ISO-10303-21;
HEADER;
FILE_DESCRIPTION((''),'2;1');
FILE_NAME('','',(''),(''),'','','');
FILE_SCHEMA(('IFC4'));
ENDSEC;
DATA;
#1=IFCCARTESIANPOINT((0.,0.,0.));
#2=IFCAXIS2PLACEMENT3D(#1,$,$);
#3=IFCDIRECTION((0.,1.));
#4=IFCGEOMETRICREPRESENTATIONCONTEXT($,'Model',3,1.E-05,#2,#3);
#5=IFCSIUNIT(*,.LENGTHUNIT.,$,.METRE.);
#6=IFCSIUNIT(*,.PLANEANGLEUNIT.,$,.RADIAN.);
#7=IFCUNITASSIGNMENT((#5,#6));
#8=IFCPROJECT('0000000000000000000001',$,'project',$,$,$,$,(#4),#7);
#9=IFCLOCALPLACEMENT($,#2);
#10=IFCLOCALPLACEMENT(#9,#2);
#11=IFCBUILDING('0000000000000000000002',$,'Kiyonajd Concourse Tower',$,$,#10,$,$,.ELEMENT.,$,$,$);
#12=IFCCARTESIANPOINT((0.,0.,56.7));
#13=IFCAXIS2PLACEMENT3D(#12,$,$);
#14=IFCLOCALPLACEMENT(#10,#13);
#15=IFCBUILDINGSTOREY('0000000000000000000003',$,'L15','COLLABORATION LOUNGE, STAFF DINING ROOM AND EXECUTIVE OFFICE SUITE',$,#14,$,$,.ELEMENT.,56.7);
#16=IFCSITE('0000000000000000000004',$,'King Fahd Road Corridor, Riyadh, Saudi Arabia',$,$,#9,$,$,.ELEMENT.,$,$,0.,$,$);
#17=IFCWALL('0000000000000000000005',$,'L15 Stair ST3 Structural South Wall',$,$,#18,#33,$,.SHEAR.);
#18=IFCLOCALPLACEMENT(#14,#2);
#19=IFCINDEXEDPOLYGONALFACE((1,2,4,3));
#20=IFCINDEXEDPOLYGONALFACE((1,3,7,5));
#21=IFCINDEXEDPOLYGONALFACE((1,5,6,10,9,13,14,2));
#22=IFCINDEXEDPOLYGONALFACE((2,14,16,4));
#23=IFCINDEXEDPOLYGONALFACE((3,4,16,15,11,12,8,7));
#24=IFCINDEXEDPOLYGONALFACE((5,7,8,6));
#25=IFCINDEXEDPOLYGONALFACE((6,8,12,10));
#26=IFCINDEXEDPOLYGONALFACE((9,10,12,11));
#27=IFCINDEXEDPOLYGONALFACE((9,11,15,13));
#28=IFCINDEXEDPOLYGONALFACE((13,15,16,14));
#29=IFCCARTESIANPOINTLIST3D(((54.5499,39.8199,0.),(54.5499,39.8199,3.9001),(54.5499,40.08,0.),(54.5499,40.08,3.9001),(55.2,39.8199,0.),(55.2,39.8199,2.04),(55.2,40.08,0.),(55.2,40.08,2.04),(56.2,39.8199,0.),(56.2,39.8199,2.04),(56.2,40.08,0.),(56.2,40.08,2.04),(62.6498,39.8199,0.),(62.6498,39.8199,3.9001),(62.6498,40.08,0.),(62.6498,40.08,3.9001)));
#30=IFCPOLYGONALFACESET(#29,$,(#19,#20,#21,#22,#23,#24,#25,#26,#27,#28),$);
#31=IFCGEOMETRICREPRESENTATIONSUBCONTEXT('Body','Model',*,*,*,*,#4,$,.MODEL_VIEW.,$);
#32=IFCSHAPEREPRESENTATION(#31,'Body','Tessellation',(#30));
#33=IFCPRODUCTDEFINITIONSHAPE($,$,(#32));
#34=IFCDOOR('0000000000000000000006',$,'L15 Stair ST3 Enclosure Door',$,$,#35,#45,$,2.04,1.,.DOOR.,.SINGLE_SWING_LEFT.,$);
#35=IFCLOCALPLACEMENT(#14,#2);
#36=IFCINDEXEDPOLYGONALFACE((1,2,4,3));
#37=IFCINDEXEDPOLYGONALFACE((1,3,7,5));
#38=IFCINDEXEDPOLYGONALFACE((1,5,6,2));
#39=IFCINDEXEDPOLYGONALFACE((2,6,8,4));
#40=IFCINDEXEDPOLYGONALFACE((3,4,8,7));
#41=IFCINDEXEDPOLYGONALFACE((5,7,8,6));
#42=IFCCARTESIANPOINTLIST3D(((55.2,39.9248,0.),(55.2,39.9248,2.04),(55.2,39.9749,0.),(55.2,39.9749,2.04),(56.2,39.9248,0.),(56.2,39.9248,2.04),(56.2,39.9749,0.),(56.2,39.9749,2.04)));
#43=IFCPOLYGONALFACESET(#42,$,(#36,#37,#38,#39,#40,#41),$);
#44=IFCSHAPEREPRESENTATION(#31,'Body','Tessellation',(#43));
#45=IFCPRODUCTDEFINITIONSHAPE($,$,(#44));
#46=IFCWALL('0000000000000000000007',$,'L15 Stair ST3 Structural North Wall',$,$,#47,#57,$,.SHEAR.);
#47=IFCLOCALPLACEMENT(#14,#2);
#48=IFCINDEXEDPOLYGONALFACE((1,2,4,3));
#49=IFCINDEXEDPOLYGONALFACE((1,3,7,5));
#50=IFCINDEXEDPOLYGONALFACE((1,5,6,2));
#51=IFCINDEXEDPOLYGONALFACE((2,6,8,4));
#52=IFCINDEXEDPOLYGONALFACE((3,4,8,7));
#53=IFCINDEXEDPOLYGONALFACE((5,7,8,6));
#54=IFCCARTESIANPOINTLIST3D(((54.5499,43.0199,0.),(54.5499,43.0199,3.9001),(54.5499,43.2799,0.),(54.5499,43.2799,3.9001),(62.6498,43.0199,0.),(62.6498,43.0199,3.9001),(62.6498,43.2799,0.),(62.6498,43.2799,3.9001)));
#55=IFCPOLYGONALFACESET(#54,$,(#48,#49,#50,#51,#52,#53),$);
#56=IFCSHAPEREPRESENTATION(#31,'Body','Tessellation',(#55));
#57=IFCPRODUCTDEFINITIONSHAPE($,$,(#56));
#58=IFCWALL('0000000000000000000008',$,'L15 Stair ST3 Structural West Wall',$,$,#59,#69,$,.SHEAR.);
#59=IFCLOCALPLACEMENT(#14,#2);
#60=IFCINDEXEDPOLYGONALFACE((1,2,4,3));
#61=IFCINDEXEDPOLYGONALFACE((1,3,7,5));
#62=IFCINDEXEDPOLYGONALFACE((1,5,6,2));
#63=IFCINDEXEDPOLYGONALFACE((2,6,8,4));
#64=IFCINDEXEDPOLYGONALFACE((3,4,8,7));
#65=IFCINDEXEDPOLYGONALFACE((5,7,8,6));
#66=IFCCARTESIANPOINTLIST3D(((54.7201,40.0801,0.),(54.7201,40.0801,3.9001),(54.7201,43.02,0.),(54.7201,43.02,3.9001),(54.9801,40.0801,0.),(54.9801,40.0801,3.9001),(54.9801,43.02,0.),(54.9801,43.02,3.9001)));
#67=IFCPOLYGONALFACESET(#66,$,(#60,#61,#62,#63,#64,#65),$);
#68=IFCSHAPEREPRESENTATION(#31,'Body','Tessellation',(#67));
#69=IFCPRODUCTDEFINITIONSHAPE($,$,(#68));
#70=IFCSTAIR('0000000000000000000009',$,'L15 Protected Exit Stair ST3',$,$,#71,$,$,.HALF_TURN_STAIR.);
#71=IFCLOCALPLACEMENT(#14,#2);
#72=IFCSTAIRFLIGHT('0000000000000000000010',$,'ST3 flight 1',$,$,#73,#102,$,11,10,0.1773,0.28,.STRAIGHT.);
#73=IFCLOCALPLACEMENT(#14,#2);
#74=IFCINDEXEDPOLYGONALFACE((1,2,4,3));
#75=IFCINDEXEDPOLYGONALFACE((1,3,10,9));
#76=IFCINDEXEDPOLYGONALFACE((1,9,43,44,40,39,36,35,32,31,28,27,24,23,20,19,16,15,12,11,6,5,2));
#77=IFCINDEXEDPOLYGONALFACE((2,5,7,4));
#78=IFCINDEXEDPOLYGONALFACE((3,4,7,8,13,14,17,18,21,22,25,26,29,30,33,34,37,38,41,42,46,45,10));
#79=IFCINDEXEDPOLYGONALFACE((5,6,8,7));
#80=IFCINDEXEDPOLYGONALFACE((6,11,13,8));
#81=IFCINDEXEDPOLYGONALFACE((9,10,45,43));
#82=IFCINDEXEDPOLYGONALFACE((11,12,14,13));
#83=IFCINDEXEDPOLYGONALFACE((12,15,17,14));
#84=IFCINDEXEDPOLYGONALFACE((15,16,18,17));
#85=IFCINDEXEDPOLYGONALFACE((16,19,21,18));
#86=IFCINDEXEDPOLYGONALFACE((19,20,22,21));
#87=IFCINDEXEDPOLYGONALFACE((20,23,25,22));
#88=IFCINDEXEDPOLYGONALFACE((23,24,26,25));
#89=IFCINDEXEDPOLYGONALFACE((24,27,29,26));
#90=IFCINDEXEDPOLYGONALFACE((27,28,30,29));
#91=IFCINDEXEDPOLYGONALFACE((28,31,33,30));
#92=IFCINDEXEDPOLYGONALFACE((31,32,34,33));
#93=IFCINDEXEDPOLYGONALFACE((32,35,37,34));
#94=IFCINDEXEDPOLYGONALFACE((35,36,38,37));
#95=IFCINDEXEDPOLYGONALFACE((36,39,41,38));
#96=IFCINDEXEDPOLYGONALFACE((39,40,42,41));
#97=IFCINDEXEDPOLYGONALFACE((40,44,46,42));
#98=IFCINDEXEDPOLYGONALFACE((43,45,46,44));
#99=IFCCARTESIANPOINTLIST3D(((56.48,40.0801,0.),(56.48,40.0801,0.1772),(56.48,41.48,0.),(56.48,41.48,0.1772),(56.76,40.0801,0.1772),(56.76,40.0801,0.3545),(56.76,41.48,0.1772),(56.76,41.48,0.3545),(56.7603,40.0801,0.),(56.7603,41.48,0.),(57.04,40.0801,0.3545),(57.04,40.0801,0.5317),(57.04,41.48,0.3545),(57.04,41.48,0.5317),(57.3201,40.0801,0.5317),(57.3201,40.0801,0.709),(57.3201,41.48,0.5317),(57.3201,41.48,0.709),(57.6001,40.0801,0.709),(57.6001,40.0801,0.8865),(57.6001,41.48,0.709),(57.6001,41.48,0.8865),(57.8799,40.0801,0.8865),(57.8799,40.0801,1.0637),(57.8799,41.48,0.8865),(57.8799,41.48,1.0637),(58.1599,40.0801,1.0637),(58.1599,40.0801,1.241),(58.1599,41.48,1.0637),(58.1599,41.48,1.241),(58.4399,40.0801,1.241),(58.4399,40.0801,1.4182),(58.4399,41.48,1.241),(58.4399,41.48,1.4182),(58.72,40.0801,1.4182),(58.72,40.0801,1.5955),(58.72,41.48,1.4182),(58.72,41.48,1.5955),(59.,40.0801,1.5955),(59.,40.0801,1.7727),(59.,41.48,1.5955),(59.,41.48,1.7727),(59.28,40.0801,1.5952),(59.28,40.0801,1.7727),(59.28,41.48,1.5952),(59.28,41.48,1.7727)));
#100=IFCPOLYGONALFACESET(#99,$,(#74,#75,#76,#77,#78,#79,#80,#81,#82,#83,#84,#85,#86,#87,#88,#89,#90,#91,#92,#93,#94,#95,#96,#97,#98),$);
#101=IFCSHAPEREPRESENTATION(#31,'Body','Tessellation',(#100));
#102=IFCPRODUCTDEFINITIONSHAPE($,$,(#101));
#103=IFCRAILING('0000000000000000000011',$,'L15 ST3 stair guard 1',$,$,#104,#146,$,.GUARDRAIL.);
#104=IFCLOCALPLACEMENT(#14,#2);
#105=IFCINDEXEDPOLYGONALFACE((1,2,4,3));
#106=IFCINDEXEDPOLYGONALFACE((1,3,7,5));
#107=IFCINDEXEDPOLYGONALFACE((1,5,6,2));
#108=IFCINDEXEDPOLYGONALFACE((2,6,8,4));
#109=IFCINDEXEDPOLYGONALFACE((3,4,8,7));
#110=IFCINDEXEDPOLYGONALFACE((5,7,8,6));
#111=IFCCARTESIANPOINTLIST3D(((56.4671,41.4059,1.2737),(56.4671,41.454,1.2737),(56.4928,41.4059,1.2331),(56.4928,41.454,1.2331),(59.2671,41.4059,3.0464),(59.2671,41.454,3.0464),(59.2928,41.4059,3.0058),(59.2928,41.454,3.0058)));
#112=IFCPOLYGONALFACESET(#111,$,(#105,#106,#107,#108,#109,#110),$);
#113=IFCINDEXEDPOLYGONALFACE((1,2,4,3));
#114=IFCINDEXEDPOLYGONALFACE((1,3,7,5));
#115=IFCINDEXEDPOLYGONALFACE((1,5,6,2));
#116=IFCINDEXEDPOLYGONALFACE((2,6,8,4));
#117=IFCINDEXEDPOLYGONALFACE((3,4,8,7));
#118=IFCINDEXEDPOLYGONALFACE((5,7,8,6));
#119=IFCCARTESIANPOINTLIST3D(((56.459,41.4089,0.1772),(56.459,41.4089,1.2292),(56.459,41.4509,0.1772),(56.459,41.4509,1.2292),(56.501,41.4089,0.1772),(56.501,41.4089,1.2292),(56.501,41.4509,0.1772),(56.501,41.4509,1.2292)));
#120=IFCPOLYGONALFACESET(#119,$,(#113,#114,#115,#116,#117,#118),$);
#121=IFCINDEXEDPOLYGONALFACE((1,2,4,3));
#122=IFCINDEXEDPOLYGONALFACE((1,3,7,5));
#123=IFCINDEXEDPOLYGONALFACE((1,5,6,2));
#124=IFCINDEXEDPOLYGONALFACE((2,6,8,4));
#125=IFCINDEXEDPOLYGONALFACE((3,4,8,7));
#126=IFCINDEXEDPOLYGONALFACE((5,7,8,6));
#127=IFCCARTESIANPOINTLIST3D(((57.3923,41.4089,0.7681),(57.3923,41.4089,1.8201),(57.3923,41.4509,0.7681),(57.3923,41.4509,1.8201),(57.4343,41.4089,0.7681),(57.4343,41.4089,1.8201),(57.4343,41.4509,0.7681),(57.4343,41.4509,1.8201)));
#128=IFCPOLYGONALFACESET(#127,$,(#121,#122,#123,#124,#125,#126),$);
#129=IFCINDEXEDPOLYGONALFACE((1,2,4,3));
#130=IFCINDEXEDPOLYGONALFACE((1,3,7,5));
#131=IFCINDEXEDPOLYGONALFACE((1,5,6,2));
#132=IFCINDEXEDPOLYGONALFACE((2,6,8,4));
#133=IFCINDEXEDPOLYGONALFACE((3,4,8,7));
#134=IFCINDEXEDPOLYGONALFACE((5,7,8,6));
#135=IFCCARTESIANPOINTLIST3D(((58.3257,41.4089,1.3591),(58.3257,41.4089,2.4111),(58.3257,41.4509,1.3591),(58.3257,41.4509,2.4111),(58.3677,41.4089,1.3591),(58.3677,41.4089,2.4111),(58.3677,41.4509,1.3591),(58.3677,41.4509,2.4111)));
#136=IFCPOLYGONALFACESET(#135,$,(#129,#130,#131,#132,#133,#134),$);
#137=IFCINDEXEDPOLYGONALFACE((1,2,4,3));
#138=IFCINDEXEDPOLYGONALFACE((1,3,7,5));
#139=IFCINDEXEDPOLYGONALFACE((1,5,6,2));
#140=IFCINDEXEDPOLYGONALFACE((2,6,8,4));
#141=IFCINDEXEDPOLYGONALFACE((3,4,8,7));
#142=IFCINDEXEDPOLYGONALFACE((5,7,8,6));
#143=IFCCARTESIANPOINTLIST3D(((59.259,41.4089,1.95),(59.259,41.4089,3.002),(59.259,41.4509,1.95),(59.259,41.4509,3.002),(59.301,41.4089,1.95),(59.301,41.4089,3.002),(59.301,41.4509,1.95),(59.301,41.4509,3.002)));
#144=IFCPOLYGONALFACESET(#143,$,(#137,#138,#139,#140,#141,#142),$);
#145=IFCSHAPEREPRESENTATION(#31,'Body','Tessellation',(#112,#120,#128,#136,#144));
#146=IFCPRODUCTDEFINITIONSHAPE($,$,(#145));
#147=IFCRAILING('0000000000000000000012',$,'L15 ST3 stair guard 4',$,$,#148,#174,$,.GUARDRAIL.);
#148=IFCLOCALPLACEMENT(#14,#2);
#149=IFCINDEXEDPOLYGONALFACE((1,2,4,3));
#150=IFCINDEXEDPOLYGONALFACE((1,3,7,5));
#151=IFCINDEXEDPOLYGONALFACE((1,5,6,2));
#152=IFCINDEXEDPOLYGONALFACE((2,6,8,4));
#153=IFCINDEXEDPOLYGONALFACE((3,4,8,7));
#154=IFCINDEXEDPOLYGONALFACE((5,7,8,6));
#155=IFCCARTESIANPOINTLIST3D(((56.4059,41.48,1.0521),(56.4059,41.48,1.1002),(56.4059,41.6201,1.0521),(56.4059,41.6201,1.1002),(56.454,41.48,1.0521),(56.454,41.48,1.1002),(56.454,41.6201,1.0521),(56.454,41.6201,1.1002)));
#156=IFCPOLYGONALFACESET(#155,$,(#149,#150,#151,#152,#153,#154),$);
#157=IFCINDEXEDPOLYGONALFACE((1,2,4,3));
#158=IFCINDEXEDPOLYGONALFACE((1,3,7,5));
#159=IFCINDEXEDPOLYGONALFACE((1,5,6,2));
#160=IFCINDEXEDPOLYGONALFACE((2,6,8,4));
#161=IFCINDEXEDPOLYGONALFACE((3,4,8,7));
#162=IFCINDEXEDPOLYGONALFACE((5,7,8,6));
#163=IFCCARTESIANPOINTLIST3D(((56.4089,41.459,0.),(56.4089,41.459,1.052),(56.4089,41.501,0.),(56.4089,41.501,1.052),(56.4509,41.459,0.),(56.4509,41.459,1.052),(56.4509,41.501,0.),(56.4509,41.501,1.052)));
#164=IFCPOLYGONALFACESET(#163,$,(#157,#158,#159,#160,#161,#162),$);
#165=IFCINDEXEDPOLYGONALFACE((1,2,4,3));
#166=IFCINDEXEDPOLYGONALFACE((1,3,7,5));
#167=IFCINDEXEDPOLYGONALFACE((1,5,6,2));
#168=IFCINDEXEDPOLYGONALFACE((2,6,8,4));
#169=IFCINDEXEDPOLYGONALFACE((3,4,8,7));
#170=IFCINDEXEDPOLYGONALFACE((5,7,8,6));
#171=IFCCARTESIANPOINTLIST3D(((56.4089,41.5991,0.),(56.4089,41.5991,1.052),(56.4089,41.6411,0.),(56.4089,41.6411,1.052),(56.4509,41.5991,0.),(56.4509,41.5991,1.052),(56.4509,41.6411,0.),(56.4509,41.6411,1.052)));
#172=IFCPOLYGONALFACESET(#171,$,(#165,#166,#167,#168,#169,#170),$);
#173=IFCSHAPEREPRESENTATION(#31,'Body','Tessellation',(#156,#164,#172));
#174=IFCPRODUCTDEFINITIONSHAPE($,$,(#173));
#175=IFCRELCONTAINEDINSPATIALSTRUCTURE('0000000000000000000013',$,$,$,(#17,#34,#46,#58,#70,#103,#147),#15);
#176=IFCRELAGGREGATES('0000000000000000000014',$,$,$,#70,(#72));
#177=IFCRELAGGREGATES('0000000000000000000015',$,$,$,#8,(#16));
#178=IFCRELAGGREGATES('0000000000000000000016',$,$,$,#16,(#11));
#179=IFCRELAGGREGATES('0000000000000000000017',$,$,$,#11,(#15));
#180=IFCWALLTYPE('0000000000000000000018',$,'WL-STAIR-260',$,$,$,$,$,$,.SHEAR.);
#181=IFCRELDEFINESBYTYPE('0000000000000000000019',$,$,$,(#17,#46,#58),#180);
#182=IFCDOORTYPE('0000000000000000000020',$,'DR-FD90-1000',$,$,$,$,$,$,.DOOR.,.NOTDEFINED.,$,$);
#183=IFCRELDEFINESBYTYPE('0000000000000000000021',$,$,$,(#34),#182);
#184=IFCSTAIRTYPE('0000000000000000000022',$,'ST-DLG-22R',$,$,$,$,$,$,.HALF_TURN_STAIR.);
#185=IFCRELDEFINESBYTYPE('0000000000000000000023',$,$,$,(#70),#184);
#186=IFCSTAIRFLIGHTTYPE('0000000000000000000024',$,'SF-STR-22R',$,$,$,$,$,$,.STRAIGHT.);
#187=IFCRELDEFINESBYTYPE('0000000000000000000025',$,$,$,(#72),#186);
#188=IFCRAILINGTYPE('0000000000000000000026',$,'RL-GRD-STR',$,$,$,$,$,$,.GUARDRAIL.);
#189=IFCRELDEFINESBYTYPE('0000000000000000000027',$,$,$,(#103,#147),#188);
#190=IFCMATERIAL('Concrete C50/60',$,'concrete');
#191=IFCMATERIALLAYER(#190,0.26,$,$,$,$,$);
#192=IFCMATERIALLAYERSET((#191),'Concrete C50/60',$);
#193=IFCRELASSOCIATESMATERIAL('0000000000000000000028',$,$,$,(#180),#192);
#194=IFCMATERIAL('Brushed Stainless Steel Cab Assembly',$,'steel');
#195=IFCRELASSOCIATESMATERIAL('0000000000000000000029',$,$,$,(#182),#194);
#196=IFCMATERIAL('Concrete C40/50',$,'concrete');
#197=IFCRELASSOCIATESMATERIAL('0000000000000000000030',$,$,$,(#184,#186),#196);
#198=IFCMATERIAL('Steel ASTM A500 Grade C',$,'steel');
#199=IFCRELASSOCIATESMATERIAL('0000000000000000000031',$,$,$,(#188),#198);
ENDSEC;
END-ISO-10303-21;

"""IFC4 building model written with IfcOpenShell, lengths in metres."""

from ifc_helpers import new_model, si_unit, direction, frame, frame_2d, origin, origin_2d, place, context, subcontext, project, spatial, polyline, rectangle, outline, extrude, material, layer, layer_set, type_object, element, fill, aggregate, save


model = new_model("IFC4")

# Units and contexts
model_context = context("Model", 3, precision=1e-05, world=origin(), true_north=direction((0.0, 1.0)))
body_context = subcontext(model_context, "Body", "Model", "MODEL_VIEW")
ifc_project = project(units=[si_unit("LENGTHUNIT", "METRE"), si_unit("PLANEANGLEUNIT", "RADIAN")], contexts=[model_context])

# Site, building, storey
site_placement = place(None, origin())
site = spatial("IfcSite", under=ifc_project, at=site_placement, Name="King Fahd Road Corridor, Riyadh, Saudi Arabia", CompositionType="ELEMENT", RefElevation=0.0)
building_placement = place(site_placement, origin())
building = spatial("IfcBuilding", under=site, at=building_placement, Name="Kiyonajd Concourse Tower", CompositionType="ELEMENT")
storey_placement = place(building_placement, frame((0.0, 0.0, 56.7)))
storey = spatial("IfcBuildingStorey", under=building, at=storey_placement, Name="L15", Description="COLLABORATION LOUNGE, STAFF DINING ROOM AND EXECUTIVE OFFICE SUITE", CompositionType="ELEMENT", Elevation=56.7)

# Shared definitions
ifc_material_1 = material(Name="Concrete C50/60", Category="concrete")

# Shared definitions
ifc_layer_1 = layer(ifc_material_1, 0.26)
ifc_layer_set_1 = layer_set([ifc_layer_1], Name="Concrete C50/60")
wall_type_1 = type_object("IfcWallType", Name="WL-STAIR-260", PredefinedType="SHEAR", material=ifc_layer_set_1)

# Wall, opening, door
wall_1_placement = place(storey_placement, frame((54.55, 39.95, 0.0), z_axis=(0.0, 0.0, 1.0), x_axis=(1.0, 0.0, 0.0)))
wall_1 = element("IfcWall", 1, at=wall_1_placement, inside=storey, type_object=wall_type_1, Name="L15 Stair ST3 Structural South Wall", PredefinedType="SHEAR", context=body_context, shape_type="SweptSolid", body=[
    extrude(rectangle(XDim=8.0999, YDim=0.26, at=frame_2d((4.0498, 0.0))), origin(), (0.0, 0.0, 1.0), 3.9001),
])
opening_1_placement = place(wall_1_placement, frame((0.6499, 0.0, 0.0)))
opening_1 = element("IfcOpeningElement", 2, at=opening_1_placement, cuts=wall_1, PredefinedType="OPENING", context=body_context, shape_type="SweptSolid", body=[
    extrude(rectangle(XDim=1.0, YDim=2.04, at=frame_2d((0.5, 1.02))), frame((0.0, 0.1399, 0.0), z_axis=(0.0, -1.0, 0.0), x_axis=(1.0, 0.0, 0.0)), (0.0, 0.0, 1.0), 0.28),
])
ifc_material_2 = material(Name="Brushed Stainless Steel Cab Assembly", Category="steel")
door_type_1 = type_object("IfcDoorType", Name="DR-FD90-1000", OperationType="NOTDEFINED", PredefinedType="DOOR", material=ifc_material_2)
door_1_placement = place(opening_1_placement, origin())
door_1 = element("IfcDoor", 3, at=door_1_placement, inside=storey, type_object=door_type_1, Name="L15 Stair ST3 Enclosure Door", OperationType="SINGLE_SWING_LEFT", OverallHeight=2.04, OverallWidth=1.0, PredefinedType="DOOR", context=body_context, shape_type="SweptSolid", body=[
    extrude(rectangle(XDim=1.0, YDim=2.04, at=frame_2d((0.5, 1.02))), frame((0.0, 0.0249, 0.0), z_axis=(0.0, -1.0, 0.0), x_axis=(1.0, 0.0, 0.0)), (0.0, 0.0, 1.0), 0.05),
])
fill(opening_1, door_1)

# Walls
wall_2_placement = place(storey_placement, frame((54.55, 43.1499, 0.0), z_axis=(0.0, 0.0, 1.0), x_axis=(1.0, 0.0, 0.0)))
element("IfcWall", 4, at=wall_2_placement, inside=storey, type_object=wall_type_1, Name="L15 Stair ST3 Structural North Wall", PredefinedType="SHEAR", context=body_context, shape_type="SweptSolid", body=[
    extrude(rectangle(XDim=8.0999, YDim=0.26, at=frame_2d((4.0498, 0.0))), origin(), (0.0, 0.0, 1.0), 3.9001),
])
wall_3_placement = place(storey_placement, frame((54.8501, 40.0801, 0.0), z_axis=(0.0, 0.0, 1.0), x_axis=(0.0, 1.0, 0.0)))
element("IfcWall", 5, at=wall_3_placement, inside=storey, type_object=wall_type_1, Name="L15 Stair ST3 Structural West Wall", PredefinedType="SHEAR", context=body_context, shape_type="SweptSolid", body=[
    extrude(rectangle(XDim=2.9399, YDim=0.26, at=frame_2d((1.47, 0.0))), origin(), (0.0, 0.0, 1.0), 3.9001),
])

# Stair, stair flight
ifc_material_3 = material(Name="Concrete C40/50", Category="concrete")
stair_type = type_object("IfcStairType", Name="ST-DLG-22R", PredefinedType="HALF_TURN_STAIR", material=ifc_material_3)
stair_placement = place(storey_placement, origin())
stair = element("IfcStair", 6, at=stair_placement, inside=storey, type_object=stair_type, Name="L15 Protected Exit Stair ST3", PredefinedType="HALF_TURN_STAIR")
stair_flight_type = type_object("IfcStairFlightType", Name="SF-STR-22R", PredefinedType="STRAIGHT", material=ifc_material_3)
stair_flight_placement = place(storey_placement, frame((56.48, 40.78, 0.0), z_axis=(0.0, 0.0, 1.0), x_axis=(1.0, 0.0, 0.0)))
stair_flight = element("IfcStairFlight", 7, at=stair_flight_placement, type_object=stair_flight_type, Name="ST3 flight 1", NumberOfRisers=11, NumberOfTreads=10, PredefinedType="STRAIGHT", RiserHeight=0.1773, TreadLength=0.28, context=body_context, shape_type="SweptSolid", body=[
    extrude(outline(polyline([(0.0, 0.0), (0.0, 0.1772), (0.28, 0.1772), (0.28, 0.3545), (0.5601, 0.3545), (0.5601, 0.5317), (0.8401, 0.5317), (0.8401, 0.709), (1.1201, 0.709), (1.1201, 0.8865), (1.3999, 0.8865), (1.3999, 1.0637), (1.6799, 1.0637), (1.6799, 1.241), (1.96, 1.241), (1.96, 1.4182), (2.24, 1.4182), (2.24, 1.5955), (2.52, 1.5955), (2.52, 1.7727), (2.8, 1.7727), (2.8, 1.95), (2.8, 1.5952), (0.2803, 0.0), (0.0, 0.0)])), frame((0.0, 0.7, 0.0), z_axis=(0.0, -1.0, 0.0), x_axis=(1.0, 0.0, 0.0)), (0.0, 0.0, 1.0), 1.3999),
])
aggregate(stair, [stair_flight])

# Railings
ifc_material_4 = material(Name="Steel ASTM A500 Grade C", Category="steel")
railing_type_1 = type_object("IfcRailingType", Name="RL-GRD-STR", PredefinedType="GUARDRAIL", material=ifc_material_4)
railing_1_placement = place(storey_placement, frame((56.48, 41.4299, 0.1772)))
element("IfcRailing", 8, at=railing_1_placement, inside=storey, type_object=railing_type_1, Name="L15 ST3 stair guard 1", PredefinedType="GUARDRAIL", context=body_context, shape_type="SweptSolid", body=[
    extrude(rectangle(XDim=0.0481, YDim=0.0481, at=origin_2d()), frame((0.0, 0.0, 1.0762), z_axis=(0.844909, 0.0, 0.53491), x_axis=(0.0, 1.0, 0.0)), (0.0, 0.0, 1.0), 3.314),
    extrude(rectangle(XDim=0.042, YDim=0.042, at=origin_2d()), origin(), (0.0, 0.0, 1.0), 1.052),
    extrude(rectangle(XDim=0.042, YDim=0.042, at=origin_2d()), frame((0.9333, 0.0, 0.5908)), (0.0, 0.0, 1.0), 1.052),
    extrude(rectangle(XDim=0.042, YDim=0.042, at=origin_2d()), frame((1.8667, 0.0, 1.1819)), (0.0, 0.0, 1.0), 1.052),
    extrude(rectangle(XDim=0.042, YDim=0.042, at=origin_2d()), frame((2.8, 0.0, 1.7727)), (0.0, 0.0, 1.0), 1.052),
])
railing_2_placement = place(storey_placement, frame((56.4299, 41.48, 0.0)))
element("IfcRailing", 9, at=railing_2_placement, inside=storey, type_object=railing_type_1, Name="L15 ST3 stair guard 4", PredefinedType="GUARDRAIL", context=body_context, shape_type="SweptSolid", body=[
    extrude(rectangle(XDim=0.0481, YDim=0.0481, at=origin_2d()), frame((0.0, 0.0, 1.0762), z_axis=(0.0, 1.0, 0.0), x_axis=(-1.0, 0.0, 0.0)), (0.0, 0.0, 1.0), 0.1401),
    extrude(rectangle(XDim=0.042, YDim=0.042, at=origin_2d()), origin(), (0.0, 0.0, 1.0), 1.052),
    extrude(rectangle(XDim=0.042, YDim=0.042, at=origin_2d()), frame((0.0, 0.1401, 0.0)), (0.0, 0.0, 1.0), 1.052),
])

save(model, "model.ifc")
